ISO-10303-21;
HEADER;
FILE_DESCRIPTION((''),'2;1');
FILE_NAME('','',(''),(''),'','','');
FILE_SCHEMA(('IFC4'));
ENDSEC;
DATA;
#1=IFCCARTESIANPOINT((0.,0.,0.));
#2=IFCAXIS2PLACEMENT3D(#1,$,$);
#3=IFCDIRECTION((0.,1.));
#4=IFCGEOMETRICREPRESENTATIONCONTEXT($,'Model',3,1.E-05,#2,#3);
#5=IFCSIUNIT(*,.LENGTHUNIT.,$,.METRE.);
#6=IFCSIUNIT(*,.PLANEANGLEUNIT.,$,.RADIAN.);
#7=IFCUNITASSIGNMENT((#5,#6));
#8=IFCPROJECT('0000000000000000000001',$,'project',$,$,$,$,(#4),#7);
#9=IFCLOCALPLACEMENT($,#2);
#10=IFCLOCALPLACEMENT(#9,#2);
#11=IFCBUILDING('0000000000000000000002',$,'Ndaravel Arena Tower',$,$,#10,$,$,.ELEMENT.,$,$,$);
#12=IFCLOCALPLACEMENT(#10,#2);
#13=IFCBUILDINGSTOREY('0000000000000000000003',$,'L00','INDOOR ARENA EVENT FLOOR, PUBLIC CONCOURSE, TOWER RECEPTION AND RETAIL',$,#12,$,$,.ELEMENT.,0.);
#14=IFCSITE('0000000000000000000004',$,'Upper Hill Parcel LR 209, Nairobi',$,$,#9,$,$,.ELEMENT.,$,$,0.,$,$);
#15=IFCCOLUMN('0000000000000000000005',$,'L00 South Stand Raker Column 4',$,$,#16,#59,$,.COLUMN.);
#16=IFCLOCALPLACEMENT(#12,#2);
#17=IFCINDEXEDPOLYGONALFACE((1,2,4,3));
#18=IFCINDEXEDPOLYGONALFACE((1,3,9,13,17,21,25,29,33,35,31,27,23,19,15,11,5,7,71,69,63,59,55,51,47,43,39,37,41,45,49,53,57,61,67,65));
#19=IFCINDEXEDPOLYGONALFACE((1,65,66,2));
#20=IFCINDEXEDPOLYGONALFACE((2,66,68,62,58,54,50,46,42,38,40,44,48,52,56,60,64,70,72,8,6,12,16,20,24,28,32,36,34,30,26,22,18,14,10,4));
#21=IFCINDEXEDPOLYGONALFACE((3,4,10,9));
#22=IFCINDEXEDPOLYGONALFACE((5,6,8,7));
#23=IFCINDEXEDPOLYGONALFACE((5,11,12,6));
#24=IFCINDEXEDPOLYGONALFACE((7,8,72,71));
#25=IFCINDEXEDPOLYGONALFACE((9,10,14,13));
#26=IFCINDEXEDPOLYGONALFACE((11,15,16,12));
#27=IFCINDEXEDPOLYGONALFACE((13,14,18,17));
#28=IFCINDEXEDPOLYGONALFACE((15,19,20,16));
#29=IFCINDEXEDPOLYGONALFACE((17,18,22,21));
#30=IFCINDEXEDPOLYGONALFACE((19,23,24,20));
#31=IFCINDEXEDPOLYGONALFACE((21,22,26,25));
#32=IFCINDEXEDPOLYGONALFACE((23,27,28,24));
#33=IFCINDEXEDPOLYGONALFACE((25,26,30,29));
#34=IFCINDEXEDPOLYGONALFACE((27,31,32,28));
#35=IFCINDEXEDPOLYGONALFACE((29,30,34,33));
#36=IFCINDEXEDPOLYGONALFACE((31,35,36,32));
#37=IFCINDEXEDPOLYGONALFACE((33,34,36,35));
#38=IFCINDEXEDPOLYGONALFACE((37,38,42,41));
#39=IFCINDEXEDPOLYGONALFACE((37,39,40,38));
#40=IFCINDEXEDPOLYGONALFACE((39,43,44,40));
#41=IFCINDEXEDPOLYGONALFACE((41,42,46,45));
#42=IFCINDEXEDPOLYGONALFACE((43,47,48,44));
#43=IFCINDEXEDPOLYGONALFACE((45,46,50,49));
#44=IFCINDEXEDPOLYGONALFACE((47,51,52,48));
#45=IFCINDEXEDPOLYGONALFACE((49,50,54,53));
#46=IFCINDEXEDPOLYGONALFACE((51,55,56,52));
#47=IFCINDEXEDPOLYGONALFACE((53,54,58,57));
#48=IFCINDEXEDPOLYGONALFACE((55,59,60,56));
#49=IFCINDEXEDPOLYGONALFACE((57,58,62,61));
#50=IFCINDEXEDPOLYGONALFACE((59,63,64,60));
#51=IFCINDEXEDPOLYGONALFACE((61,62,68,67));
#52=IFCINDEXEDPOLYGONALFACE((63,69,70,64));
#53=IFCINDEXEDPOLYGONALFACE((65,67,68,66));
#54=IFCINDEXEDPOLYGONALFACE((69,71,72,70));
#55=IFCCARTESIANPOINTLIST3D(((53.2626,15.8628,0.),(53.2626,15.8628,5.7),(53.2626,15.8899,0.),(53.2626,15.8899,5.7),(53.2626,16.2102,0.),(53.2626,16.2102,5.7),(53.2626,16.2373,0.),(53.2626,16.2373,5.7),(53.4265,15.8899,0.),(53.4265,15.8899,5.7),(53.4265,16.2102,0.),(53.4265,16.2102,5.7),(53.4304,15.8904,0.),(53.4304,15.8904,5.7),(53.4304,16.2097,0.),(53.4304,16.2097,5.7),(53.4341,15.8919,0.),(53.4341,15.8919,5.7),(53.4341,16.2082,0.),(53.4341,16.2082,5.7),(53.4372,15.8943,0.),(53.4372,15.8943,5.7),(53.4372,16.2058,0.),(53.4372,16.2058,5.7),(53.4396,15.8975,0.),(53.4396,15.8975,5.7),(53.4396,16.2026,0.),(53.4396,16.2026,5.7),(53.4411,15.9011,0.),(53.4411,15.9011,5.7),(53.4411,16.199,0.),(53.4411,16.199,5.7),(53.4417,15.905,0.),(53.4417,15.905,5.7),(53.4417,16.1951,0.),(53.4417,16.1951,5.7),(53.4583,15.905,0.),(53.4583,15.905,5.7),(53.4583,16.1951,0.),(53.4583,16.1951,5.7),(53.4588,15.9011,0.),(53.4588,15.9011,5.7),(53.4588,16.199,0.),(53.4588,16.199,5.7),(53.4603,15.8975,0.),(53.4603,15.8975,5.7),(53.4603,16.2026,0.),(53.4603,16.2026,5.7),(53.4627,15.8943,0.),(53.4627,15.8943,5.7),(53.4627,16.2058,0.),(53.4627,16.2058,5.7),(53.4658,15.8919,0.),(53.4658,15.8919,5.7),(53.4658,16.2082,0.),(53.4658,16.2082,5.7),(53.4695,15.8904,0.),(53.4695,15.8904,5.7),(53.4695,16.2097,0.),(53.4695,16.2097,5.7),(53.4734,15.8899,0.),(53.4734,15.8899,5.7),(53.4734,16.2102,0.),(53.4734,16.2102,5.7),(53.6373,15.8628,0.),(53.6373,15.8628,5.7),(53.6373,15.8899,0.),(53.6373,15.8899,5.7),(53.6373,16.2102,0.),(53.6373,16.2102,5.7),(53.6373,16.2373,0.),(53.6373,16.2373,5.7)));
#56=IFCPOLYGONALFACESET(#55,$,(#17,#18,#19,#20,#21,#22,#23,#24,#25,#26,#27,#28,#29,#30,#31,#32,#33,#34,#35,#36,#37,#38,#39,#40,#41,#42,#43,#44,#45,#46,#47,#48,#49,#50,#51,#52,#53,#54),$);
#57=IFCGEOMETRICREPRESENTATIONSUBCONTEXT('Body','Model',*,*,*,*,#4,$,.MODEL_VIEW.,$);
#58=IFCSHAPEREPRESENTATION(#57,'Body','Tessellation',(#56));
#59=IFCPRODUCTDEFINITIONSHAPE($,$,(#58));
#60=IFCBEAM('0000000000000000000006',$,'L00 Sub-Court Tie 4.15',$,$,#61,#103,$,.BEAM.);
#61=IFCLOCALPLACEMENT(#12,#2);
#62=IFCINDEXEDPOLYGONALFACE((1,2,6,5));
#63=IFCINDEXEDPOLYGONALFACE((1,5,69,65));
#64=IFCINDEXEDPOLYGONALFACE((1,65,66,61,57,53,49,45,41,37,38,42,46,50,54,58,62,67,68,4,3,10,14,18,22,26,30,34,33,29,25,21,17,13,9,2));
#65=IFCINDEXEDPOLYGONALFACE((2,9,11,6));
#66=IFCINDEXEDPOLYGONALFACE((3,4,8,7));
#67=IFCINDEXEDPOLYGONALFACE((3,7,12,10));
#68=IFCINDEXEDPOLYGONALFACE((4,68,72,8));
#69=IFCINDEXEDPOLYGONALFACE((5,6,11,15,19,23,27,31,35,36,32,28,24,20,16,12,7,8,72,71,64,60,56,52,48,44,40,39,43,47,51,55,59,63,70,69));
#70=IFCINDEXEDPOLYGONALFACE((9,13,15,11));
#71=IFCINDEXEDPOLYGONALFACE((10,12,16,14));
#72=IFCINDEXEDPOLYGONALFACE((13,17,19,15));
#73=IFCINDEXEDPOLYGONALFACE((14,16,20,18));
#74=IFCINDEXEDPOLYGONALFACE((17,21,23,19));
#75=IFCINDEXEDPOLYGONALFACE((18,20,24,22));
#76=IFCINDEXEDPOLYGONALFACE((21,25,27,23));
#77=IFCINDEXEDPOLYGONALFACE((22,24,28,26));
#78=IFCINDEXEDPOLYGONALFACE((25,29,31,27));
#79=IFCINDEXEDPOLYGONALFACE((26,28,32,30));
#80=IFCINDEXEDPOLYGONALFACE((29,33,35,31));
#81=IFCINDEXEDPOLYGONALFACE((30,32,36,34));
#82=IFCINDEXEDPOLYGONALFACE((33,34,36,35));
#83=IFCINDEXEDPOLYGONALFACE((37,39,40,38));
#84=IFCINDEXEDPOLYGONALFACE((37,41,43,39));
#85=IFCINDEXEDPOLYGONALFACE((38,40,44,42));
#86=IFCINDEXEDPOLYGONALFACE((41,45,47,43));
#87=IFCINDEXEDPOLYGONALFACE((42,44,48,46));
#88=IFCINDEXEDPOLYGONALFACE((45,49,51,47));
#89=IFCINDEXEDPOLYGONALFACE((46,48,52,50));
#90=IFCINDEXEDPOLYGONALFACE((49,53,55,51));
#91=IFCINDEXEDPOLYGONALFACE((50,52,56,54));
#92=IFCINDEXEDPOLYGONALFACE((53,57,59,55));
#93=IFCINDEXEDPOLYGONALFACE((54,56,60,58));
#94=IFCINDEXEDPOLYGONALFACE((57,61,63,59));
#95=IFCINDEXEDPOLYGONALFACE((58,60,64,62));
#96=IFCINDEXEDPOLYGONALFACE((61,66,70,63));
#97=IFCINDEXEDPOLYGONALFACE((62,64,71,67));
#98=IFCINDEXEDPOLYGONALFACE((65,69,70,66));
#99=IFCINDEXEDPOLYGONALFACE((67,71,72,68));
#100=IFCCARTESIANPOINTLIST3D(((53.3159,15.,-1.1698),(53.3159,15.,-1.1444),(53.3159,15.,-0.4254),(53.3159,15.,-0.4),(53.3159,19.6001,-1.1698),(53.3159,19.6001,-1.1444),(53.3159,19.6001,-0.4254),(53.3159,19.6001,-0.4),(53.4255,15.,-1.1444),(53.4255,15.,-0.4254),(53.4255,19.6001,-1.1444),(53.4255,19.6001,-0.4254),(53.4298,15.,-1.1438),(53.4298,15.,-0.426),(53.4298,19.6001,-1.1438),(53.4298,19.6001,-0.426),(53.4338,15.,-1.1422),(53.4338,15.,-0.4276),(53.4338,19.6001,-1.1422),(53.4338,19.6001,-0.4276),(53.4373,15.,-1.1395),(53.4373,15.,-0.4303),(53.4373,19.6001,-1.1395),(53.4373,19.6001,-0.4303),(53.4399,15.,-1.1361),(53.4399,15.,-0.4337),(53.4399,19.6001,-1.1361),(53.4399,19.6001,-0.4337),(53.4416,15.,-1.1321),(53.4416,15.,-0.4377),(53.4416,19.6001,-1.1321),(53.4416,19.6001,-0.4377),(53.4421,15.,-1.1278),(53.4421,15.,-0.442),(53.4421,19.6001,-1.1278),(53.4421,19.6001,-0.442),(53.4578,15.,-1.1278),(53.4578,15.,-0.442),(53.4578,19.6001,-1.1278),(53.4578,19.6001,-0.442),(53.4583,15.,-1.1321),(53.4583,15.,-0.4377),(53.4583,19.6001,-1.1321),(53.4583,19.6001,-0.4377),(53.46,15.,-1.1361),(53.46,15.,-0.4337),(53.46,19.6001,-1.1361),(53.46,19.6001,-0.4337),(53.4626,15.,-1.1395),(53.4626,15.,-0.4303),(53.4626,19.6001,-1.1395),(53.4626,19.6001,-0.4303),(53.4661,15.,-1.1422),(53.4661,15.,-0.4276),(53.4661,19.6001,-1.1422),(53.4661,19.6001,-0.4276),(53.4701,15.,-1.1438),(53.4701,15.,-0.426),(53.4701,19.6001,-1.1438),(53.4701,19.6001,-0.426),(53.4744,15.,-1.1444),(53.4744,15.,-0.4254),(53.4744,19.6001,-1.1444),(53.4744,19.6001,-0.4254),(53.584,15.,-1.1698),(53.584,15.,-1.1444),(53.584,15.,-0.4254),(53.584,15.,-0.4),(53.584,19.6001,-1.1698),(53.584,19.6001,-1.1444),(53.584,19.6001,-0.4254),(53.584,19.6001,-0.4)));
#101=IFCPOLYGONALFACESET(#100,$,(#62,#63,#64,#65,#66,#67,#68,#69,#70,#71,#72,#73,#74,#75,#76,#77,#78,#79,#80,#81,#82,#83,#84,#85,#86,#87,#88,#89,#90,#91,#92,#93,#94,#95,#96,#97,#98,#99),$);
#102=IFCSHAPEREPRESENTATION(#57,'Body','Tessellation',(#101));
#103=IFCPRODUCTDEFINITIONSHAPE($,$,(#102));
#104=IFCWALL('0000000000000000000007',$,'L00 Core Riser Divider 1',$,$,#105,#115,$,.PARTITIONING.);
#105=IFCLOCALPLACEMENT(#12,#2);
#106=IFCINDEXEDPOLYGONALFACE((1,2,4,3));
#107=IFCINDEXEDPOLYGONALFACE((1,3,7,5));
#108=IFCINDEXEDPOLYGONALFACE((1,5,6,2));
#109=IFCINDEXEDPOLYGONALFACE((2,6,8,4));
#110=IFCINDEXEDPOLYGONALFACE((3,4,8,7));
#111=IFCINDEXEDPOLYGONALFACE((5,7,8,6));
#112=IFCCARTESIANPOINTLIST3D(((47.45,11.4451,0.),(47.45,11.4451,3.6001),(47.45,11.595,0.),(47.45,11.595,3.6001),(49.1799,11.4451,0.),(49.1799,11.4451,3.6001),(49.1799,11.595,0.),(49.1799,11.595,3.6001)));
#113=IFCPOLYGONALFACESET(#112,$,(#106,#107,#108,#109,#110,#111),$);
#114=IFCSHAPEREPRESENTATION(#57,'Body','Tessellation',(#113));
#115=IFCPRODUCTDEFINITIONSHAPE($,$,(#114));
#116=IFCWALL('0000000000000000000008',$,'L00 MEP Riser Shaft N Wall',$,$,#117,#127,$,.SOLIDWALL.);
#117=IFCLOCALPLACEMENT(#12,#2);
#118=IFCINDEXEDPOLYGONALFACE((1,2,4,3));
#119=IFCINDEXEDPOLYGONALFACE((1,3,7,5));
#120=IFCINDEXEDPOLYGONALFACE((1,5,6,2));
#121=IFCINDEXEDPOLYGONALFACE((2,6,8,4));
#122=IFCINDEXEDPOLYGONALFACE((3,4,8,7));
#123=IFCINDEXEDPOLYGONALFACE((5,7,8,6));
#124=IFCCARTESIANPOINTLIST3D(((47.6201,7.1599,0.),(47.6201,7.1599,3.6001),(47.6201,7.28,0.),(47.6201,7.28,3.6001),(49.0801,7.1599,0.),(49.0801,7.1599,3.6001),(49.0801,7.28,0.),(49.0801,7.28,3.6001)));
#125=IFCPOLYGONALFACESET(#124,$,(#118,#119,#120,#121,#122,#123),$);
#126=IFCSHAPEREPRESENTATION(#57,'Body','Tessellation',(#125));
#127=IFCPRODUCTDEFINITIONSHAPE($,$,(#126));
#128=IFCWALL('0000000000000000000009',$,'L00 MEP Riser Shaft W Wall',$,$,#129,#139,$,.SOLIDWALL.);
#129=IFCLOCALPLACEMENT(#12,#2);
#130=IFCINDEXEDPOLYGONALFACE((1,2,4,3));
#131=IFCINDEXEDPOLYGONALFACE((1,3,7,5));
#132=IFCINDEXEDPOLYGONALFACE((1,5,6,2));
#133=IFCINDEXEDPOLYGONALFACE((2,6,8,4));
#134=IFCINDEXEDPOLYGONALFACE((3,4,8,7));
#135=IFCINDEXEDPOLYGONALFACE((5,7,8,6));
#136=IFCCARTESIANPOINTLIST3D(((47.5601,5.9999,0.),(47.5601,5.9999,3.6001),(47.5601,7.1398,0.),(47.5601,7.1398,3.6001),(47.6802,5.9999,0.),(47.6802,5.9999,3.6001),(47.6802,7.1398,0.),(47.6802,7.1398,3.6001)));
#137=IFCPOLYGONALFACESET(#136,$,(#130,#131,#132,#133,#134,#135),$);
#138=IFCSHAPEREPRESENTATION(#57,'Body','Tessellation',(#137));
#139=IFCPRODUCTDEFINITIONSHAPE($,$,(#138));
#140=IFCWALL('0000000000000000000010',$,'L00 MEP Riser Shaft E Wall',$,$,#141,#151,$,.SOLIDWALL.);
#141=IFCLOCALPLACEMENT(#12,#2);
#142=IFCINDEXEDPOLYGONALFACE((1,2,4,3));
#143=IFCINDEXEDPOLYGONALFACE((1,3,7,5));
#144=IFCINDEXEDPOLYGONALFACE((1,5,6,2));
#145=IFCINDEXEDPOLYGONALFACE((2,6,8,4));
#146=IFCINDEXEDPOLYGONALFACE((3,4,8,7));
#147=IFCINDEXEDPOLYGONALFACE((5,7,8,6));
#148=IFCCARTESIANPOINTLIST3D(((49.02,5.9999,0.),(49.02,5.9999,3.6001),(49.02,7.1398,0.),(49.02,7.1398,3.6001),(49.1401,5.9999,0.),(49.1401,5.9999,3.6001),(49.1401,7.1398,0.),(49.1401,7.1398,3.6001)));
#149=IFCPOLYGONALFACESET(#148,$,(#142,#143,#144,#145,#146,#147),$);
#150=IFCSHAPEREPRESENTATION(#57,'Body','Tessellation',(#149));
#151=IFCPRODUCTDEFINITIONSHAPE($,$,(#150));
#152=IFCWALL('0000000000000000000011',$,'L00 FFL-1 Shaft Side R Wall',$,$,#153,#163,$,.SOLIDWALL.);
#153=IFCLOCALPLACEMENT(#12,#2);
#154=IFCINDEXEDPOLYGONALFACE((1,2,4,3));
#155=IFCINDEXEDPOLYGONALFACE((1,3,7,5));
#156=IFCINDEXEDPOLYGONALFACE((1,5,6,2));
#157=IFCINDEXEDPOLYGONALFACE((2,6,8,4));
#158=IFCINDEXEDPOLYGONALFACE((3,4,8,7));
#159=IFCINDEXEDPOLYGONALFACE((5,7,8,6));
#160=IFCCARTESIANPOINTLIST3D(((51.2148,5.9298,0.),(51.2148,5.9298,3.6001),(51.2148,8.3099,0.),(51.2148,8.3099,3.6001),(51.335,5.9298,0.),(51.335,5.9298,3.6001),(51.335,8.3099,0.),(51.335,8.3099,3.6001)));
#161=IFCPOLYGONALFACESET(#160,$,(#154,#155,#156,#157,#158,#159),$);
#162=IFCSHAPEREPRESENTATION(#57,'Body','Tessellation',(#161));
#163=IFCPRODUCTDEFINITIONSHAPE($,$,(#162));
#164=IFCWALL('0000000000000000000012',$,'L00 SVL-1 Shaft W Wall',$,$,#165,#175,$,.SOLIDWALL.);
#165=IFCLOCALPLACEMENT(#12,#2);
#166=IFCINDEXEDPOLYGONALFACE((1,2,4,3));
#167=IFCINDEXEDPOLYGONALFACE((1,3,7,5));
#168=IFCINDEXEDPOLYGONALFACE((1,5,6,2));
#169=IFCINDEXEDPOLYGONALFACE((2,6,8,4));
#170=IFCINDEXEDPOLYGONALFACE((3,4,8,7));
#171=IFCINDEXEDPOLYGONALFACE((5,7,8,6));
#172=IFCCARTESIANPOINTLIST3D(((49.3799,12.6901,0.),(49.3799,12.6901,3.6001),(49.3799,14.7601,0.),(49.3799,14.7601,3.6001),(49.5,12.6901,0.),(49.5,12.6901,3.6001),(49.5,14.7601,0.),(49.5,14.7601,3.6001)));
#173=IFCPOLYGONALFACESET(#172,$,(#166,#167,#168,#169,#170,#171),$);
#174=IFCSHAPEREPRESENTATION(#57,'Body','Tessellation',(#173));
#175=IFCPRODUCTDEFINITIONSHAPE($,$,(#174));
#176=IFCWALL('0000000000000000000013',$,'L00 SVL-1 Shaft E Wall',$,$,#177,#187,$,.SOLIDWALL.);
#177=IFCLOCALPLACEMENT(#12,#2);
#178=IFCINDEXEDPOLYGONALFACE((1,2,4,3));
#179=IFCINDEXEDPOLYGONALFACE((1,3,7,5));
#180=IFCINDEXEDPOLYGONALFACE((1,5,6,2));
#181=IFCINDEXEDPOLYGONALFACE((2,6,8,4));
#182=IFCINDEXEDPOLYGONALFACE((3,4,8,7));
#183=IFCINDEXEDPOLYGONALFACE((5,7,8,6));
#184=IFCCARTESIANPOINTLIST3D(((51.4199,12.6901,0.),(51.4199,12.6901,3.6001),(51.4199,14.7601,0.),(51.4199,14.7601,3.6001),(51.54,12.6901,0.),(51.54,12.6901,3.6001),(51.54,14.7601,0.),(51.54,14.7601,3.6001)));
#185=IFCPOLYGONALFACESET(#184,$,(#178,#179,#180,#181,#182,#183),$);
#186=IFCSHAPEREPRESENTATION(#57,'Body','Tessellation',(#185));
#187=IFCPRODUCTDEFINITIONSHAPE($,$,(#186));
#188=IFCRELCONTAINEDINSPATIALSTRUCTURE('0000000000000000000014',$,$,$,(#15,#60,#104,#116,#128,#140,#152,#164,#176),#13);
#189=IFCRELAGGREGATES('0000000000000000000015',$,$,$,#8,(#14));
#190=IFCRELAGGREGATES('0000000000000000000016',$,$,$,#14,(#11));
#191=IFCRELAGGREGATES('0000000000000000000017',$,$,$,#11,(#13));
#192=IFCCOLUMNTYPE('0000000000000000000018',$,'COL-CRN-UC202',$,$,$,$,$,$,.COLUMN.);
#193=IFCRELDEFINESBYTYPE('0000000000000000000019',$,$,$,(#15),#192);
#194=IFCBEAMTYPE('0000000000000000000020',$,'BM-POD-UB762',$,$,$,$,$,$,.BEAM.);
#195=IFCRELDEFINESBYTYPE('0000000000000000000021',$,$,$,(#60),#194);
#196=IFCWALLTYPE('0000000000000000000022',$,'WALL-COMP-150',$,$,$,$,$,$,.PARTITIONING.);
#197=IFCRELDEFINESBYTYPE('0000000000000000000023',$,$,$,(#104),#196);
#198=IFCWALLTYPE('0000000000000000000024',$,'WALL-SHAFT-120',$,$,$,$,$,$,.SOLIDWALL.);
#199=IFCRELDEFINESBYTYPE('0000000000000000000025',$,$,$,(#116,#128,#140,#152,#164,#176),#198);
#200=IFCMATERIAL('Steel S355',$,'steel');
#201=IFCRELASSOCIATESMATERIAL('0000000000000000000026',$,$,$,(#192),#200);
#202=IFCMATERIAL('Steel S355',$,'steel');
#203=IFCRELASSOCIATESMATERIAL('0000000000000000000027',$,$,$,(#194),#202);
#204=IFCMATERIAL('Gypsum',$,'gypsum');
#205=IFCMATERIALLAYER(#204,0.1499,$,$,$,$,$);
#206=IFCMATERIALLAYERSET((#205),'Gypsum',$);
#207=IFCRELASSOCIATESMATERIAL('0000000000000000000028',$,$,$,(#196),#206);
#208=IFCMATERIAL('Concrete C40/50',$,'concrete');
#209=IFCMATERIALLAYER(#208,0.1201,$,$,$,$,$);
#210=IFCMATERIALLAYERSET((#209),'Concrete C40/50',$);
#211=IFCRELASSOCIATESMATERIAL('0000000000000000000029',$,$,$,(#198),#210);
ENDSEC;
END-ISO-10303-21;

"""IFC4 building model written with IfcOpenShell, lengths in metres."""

from ifc_helpers import new_model, si_unit, direction, frame, frame_2d, origin, origin_2d, place, context, subcontext, project, spatial, rectangle, i_section, extrude, material, layer, layer_set, material_profile, profile_set, type_object, element, save


model = new_model("IFC4")

# Units and contexts
model_context = context("Model", 3, precision=1e-05, world=origin(), true_north=direction((0.0, 1.0)))
body_context = subcontext(model_context, "Body", "Model", "MODEL_VIEW")
ifc_project = project(units=[si_unit("LENGTHUNIT", "METRE"), si_unit("PLANEANGLEUNIT", "RADIAN")], contexts=[model_context])

# Site, building, storey
site_placement = place(None, origin())
site = spatial("IfcSite", under=ifc_project, at=site_placement, Name="Upper Hill Parcel LR 209, Nairobi", CompositionType="ELEMENT", RefElevation=0.0)
building_placement = place(site_placement, origin())
building = spatial("IfcBuilding", under=site, at=building_placement, Name="Ndaravel Arena Tower", CompositionType="ELEMENT")
storey_placement = place(building_placement, origin())
storey = spatial("IfcBuildingStorey", under=building, at=storey_placement, Name="L00", Description="INDOOR ARENA EVENT FLOOR, PUBLIC CONCOURSE, TOWER RECEPTION AND RETAIL", CompositionType="ELEMENT", Elevation=0.0)

# Column
ifc_material_1 = material(Name="Steel S355", Category="steel")
ifc_material_profile_1 = material_profile(ifc_material_1, i_section(OverallWidth=0.3748, OverallDepth=0.3745, WebThickness=0.0166, FlangeThickness=0.0271, FilletRadius=0.0151, at=origin_2d()), Name="UC 356x368x202")
ifc_profile_set_1 = profile_set([ifc_material_profile_1], Name="Steel S355")
column_type = type_object("IfcColumnType", Name="COL-CRN-UC202", PredefinedType="COLUMN", material=ifc_profile_set_1)
column_placement = place(storey_placement, frame((53.45, 16.05, 0.0), z_axis=(0.0, 0.0, 1.0), x_axis=(1.0, 0.0, 0.0)))
element("IfcColumn", 1, at=column_placement, inside=storey, type_object=column_type, Name="L00 South Stand Raker Column 4", PredefinedType="COLUMN", context=body_context, shape_type="SweptSolid", body=[
    extrude(i_section(OverallWidth=0.3748, OverallDepth=0.3745, WebThickness=0.0166, FlangeThickness=0.0271, FilletRadius=0.0151, at=origin_2d()), origin(), (0.0, 0.0, 1.0), 5.7),
])

# Beam
ifc_material_2 = material(Name="Steel S355", Category="steel")
ifc_material_profile_2 = material_profile(ifc_material_2, i_section(OverallWidth=0.2681, OverallDepth=0.7698, WebThickness=0.0156, FlangeThickness=0.0254, FilletRadius=0.0166, at=origin_2d()), Name="UB 762x267x197")
ifc_profile_set_2 = profile_set([ifc_material_profile_2], Name="Steel S355")
beam_type = type_object("IfcBeamType", Name="BM-POD-UB762", PredefinedType="BEAM", material=ifc_profile_set_2)
beam_placement = place(storey_placement, frame((53.45, 15.0, -0.7849), z_axis=(0.0, 1.0, 0.0), x_axis=(-1.0, 0.0, 0.0)))
element("IfcBeam", 2, at=beam_placement, inside=storey, type_object=beam_type, Name="L00 Sub-Court Tie 4.15", PredefinedType="BEAM", context=body_context, shape_type="SweptSolid", body=[
    extrude(i_section(OverallWidth=0.2681, OverallDepth=0.7698, WebThickness=0.0156, FlangeThickness=0.0254, FilletRadius=0.0166, at=origin_2d()), origin(), (0.0, 0.0, 1.0), 4.6001),
])

# Walls
ifc_material_3 = material(Name="Gypsum", Category="gypsum")
ifc_layer_1 = layer(ifc_material_3, 0.1499)
ifc_layer_set_1 = layer_set([ifc_layer_1], Name="Gypsum")
wall_type_1 = type_object("IfcWallType", Name="WALL-COMP-150", PredefinedType="PARTITIONING", material=ifc_layer_set_1)
wall_1_placement = place(storey_placement, frame((47.45, 11.52, 0.0), z_axis=(0.0, 0.0, 1.0), x_axis=(1.0, 0.0, 0.0)))
element("IfcWall", 3, at=wall_1_placement, inside=storey, type_object=wall_type_1, Name="L00 Core Riser Divider 1", PredefinedType="PARTITIONING", context=body_context, shape_type="SweptSolid", body=[
    extrude(rectangle(XDim=1.73, YDim=0.1499, at=frame_2d((0.865, 0.0))), origin(), (0.0, 0.0, 1.0), 3.6001),
])
ifc_material_4 = material(Name="Concrete C40/50", Category="concrete")
ifc_layer_2 = layer(ifc_material_4, 0.1201)
ifc_layer_set_2 = layer_set([ifc_layer_2], Name="Concrete C40/50")
wall_type_2 = type_object("IfcWallType", Name="WALL-SHAFT-120", PredefinedType="SOLIDWALL", material=ifc_layer_set_2)
wall_2_placement = place(storey_placement, frame((47.6201, 7.22, 0.0), z_axis=(0.0, 0.0, 1.0), x_axis=(1.0, 0.0, 0.0)))
element("IfcWall", 4, at=wall_2_placement, inside=storey, type_object=wall_type_2, Name="L00 MEP Riser Shaft N Wall", PredefinedType="SOLIDWALL", context=body_context, shape_type="SweptSolid", body=[
    extrude(rectangle(XDim=1.46, YDim=0.1201, at=frame_2d((0.73, 0.0))), origin(), (0.0, 0.0, 1.0), 3.6001),
])
for number, where, z_axis, x_axis, name in (
    (5, (47.6201, 6.0, 0.0), (0.0, 0.0, 1.0), (0.0, 1.0, 0.0), "L00 MEP Riser Shaft W Wall"),
    (6, (49.0801, 6.0, 0.0), (0.0, 0.0, 1.0), (0.0, 1.0, 0.0), "L00 MEP Riser Shaft E Wall"),
):
    element("IfcWall", number, at=place(storey_placement, frame(where, z_axis=z_axis, x_axis=x_axis)), inside=storey, type_object=wall_type_2, Name=name, PredefinedType="SOLIDWALL", context=body_context, shape_type="SweptSolid", body=[
        extrude(rectangle(XDim=1.1399, YDim=0.1201, at=frame_2d((0.5698, 0.0))), origin(), (0.0, 0.0, 1.0), 3.6001),
    ])
wall_3_placement = place(storey_placement, frame((51.2749, 5.9299, 0.0), z_axis=(0.0, 0.0, 1.0), x_axis=(0.0, 1.0, 0.0)))
element("IfcWall", 7, at=wall_3_placement, inside=storey, type_object=wall_type_2, Name="L00 FFL-1 Shaft Side R Wall", PredefinedType="SOLIDWALL", context=body_context, shape_type="SweptSolid", body=[
    extrude(rectangle(XDim=2.3801, YDim=0.1201, at=frame_2d((1.1899, 0.0))), origin(), (0.0, 0.0, 1.0), 3.6001),
])
for number, where, z_axis, x_axis, name in (
    (8, (49.4399, 12.6899, 0.0), (0.0, 0.0, 1.0), (0.0, 1.0, 0.0), "L00 SVL-1 Shaft W Wall"),
    (9, (51.48, 12.6899, 0.0), (0.0, 0.0, 1.0), (0.0, 1.0, 0.0), "L00 SVL-1 Shaft E Wall"),
):
    element("IfcWall", number, at=place(storey_placement, frame(where, z_axis=z_axis, x_axis=x_axis)), inside=storey, type_object=wall_type_2, Name=name, PredefinedType="SOLIDWALL", context=body_context, shape_type="SweptSolid", body=[
        extrude(rectangle(XDim=2.0701, YDim=0.1201, at=frame_2d((1.0352, 0.0))), origin(), (0.0, 0.0, 1.0), 3.6001),
    ])

save(model, "model.ifc")
